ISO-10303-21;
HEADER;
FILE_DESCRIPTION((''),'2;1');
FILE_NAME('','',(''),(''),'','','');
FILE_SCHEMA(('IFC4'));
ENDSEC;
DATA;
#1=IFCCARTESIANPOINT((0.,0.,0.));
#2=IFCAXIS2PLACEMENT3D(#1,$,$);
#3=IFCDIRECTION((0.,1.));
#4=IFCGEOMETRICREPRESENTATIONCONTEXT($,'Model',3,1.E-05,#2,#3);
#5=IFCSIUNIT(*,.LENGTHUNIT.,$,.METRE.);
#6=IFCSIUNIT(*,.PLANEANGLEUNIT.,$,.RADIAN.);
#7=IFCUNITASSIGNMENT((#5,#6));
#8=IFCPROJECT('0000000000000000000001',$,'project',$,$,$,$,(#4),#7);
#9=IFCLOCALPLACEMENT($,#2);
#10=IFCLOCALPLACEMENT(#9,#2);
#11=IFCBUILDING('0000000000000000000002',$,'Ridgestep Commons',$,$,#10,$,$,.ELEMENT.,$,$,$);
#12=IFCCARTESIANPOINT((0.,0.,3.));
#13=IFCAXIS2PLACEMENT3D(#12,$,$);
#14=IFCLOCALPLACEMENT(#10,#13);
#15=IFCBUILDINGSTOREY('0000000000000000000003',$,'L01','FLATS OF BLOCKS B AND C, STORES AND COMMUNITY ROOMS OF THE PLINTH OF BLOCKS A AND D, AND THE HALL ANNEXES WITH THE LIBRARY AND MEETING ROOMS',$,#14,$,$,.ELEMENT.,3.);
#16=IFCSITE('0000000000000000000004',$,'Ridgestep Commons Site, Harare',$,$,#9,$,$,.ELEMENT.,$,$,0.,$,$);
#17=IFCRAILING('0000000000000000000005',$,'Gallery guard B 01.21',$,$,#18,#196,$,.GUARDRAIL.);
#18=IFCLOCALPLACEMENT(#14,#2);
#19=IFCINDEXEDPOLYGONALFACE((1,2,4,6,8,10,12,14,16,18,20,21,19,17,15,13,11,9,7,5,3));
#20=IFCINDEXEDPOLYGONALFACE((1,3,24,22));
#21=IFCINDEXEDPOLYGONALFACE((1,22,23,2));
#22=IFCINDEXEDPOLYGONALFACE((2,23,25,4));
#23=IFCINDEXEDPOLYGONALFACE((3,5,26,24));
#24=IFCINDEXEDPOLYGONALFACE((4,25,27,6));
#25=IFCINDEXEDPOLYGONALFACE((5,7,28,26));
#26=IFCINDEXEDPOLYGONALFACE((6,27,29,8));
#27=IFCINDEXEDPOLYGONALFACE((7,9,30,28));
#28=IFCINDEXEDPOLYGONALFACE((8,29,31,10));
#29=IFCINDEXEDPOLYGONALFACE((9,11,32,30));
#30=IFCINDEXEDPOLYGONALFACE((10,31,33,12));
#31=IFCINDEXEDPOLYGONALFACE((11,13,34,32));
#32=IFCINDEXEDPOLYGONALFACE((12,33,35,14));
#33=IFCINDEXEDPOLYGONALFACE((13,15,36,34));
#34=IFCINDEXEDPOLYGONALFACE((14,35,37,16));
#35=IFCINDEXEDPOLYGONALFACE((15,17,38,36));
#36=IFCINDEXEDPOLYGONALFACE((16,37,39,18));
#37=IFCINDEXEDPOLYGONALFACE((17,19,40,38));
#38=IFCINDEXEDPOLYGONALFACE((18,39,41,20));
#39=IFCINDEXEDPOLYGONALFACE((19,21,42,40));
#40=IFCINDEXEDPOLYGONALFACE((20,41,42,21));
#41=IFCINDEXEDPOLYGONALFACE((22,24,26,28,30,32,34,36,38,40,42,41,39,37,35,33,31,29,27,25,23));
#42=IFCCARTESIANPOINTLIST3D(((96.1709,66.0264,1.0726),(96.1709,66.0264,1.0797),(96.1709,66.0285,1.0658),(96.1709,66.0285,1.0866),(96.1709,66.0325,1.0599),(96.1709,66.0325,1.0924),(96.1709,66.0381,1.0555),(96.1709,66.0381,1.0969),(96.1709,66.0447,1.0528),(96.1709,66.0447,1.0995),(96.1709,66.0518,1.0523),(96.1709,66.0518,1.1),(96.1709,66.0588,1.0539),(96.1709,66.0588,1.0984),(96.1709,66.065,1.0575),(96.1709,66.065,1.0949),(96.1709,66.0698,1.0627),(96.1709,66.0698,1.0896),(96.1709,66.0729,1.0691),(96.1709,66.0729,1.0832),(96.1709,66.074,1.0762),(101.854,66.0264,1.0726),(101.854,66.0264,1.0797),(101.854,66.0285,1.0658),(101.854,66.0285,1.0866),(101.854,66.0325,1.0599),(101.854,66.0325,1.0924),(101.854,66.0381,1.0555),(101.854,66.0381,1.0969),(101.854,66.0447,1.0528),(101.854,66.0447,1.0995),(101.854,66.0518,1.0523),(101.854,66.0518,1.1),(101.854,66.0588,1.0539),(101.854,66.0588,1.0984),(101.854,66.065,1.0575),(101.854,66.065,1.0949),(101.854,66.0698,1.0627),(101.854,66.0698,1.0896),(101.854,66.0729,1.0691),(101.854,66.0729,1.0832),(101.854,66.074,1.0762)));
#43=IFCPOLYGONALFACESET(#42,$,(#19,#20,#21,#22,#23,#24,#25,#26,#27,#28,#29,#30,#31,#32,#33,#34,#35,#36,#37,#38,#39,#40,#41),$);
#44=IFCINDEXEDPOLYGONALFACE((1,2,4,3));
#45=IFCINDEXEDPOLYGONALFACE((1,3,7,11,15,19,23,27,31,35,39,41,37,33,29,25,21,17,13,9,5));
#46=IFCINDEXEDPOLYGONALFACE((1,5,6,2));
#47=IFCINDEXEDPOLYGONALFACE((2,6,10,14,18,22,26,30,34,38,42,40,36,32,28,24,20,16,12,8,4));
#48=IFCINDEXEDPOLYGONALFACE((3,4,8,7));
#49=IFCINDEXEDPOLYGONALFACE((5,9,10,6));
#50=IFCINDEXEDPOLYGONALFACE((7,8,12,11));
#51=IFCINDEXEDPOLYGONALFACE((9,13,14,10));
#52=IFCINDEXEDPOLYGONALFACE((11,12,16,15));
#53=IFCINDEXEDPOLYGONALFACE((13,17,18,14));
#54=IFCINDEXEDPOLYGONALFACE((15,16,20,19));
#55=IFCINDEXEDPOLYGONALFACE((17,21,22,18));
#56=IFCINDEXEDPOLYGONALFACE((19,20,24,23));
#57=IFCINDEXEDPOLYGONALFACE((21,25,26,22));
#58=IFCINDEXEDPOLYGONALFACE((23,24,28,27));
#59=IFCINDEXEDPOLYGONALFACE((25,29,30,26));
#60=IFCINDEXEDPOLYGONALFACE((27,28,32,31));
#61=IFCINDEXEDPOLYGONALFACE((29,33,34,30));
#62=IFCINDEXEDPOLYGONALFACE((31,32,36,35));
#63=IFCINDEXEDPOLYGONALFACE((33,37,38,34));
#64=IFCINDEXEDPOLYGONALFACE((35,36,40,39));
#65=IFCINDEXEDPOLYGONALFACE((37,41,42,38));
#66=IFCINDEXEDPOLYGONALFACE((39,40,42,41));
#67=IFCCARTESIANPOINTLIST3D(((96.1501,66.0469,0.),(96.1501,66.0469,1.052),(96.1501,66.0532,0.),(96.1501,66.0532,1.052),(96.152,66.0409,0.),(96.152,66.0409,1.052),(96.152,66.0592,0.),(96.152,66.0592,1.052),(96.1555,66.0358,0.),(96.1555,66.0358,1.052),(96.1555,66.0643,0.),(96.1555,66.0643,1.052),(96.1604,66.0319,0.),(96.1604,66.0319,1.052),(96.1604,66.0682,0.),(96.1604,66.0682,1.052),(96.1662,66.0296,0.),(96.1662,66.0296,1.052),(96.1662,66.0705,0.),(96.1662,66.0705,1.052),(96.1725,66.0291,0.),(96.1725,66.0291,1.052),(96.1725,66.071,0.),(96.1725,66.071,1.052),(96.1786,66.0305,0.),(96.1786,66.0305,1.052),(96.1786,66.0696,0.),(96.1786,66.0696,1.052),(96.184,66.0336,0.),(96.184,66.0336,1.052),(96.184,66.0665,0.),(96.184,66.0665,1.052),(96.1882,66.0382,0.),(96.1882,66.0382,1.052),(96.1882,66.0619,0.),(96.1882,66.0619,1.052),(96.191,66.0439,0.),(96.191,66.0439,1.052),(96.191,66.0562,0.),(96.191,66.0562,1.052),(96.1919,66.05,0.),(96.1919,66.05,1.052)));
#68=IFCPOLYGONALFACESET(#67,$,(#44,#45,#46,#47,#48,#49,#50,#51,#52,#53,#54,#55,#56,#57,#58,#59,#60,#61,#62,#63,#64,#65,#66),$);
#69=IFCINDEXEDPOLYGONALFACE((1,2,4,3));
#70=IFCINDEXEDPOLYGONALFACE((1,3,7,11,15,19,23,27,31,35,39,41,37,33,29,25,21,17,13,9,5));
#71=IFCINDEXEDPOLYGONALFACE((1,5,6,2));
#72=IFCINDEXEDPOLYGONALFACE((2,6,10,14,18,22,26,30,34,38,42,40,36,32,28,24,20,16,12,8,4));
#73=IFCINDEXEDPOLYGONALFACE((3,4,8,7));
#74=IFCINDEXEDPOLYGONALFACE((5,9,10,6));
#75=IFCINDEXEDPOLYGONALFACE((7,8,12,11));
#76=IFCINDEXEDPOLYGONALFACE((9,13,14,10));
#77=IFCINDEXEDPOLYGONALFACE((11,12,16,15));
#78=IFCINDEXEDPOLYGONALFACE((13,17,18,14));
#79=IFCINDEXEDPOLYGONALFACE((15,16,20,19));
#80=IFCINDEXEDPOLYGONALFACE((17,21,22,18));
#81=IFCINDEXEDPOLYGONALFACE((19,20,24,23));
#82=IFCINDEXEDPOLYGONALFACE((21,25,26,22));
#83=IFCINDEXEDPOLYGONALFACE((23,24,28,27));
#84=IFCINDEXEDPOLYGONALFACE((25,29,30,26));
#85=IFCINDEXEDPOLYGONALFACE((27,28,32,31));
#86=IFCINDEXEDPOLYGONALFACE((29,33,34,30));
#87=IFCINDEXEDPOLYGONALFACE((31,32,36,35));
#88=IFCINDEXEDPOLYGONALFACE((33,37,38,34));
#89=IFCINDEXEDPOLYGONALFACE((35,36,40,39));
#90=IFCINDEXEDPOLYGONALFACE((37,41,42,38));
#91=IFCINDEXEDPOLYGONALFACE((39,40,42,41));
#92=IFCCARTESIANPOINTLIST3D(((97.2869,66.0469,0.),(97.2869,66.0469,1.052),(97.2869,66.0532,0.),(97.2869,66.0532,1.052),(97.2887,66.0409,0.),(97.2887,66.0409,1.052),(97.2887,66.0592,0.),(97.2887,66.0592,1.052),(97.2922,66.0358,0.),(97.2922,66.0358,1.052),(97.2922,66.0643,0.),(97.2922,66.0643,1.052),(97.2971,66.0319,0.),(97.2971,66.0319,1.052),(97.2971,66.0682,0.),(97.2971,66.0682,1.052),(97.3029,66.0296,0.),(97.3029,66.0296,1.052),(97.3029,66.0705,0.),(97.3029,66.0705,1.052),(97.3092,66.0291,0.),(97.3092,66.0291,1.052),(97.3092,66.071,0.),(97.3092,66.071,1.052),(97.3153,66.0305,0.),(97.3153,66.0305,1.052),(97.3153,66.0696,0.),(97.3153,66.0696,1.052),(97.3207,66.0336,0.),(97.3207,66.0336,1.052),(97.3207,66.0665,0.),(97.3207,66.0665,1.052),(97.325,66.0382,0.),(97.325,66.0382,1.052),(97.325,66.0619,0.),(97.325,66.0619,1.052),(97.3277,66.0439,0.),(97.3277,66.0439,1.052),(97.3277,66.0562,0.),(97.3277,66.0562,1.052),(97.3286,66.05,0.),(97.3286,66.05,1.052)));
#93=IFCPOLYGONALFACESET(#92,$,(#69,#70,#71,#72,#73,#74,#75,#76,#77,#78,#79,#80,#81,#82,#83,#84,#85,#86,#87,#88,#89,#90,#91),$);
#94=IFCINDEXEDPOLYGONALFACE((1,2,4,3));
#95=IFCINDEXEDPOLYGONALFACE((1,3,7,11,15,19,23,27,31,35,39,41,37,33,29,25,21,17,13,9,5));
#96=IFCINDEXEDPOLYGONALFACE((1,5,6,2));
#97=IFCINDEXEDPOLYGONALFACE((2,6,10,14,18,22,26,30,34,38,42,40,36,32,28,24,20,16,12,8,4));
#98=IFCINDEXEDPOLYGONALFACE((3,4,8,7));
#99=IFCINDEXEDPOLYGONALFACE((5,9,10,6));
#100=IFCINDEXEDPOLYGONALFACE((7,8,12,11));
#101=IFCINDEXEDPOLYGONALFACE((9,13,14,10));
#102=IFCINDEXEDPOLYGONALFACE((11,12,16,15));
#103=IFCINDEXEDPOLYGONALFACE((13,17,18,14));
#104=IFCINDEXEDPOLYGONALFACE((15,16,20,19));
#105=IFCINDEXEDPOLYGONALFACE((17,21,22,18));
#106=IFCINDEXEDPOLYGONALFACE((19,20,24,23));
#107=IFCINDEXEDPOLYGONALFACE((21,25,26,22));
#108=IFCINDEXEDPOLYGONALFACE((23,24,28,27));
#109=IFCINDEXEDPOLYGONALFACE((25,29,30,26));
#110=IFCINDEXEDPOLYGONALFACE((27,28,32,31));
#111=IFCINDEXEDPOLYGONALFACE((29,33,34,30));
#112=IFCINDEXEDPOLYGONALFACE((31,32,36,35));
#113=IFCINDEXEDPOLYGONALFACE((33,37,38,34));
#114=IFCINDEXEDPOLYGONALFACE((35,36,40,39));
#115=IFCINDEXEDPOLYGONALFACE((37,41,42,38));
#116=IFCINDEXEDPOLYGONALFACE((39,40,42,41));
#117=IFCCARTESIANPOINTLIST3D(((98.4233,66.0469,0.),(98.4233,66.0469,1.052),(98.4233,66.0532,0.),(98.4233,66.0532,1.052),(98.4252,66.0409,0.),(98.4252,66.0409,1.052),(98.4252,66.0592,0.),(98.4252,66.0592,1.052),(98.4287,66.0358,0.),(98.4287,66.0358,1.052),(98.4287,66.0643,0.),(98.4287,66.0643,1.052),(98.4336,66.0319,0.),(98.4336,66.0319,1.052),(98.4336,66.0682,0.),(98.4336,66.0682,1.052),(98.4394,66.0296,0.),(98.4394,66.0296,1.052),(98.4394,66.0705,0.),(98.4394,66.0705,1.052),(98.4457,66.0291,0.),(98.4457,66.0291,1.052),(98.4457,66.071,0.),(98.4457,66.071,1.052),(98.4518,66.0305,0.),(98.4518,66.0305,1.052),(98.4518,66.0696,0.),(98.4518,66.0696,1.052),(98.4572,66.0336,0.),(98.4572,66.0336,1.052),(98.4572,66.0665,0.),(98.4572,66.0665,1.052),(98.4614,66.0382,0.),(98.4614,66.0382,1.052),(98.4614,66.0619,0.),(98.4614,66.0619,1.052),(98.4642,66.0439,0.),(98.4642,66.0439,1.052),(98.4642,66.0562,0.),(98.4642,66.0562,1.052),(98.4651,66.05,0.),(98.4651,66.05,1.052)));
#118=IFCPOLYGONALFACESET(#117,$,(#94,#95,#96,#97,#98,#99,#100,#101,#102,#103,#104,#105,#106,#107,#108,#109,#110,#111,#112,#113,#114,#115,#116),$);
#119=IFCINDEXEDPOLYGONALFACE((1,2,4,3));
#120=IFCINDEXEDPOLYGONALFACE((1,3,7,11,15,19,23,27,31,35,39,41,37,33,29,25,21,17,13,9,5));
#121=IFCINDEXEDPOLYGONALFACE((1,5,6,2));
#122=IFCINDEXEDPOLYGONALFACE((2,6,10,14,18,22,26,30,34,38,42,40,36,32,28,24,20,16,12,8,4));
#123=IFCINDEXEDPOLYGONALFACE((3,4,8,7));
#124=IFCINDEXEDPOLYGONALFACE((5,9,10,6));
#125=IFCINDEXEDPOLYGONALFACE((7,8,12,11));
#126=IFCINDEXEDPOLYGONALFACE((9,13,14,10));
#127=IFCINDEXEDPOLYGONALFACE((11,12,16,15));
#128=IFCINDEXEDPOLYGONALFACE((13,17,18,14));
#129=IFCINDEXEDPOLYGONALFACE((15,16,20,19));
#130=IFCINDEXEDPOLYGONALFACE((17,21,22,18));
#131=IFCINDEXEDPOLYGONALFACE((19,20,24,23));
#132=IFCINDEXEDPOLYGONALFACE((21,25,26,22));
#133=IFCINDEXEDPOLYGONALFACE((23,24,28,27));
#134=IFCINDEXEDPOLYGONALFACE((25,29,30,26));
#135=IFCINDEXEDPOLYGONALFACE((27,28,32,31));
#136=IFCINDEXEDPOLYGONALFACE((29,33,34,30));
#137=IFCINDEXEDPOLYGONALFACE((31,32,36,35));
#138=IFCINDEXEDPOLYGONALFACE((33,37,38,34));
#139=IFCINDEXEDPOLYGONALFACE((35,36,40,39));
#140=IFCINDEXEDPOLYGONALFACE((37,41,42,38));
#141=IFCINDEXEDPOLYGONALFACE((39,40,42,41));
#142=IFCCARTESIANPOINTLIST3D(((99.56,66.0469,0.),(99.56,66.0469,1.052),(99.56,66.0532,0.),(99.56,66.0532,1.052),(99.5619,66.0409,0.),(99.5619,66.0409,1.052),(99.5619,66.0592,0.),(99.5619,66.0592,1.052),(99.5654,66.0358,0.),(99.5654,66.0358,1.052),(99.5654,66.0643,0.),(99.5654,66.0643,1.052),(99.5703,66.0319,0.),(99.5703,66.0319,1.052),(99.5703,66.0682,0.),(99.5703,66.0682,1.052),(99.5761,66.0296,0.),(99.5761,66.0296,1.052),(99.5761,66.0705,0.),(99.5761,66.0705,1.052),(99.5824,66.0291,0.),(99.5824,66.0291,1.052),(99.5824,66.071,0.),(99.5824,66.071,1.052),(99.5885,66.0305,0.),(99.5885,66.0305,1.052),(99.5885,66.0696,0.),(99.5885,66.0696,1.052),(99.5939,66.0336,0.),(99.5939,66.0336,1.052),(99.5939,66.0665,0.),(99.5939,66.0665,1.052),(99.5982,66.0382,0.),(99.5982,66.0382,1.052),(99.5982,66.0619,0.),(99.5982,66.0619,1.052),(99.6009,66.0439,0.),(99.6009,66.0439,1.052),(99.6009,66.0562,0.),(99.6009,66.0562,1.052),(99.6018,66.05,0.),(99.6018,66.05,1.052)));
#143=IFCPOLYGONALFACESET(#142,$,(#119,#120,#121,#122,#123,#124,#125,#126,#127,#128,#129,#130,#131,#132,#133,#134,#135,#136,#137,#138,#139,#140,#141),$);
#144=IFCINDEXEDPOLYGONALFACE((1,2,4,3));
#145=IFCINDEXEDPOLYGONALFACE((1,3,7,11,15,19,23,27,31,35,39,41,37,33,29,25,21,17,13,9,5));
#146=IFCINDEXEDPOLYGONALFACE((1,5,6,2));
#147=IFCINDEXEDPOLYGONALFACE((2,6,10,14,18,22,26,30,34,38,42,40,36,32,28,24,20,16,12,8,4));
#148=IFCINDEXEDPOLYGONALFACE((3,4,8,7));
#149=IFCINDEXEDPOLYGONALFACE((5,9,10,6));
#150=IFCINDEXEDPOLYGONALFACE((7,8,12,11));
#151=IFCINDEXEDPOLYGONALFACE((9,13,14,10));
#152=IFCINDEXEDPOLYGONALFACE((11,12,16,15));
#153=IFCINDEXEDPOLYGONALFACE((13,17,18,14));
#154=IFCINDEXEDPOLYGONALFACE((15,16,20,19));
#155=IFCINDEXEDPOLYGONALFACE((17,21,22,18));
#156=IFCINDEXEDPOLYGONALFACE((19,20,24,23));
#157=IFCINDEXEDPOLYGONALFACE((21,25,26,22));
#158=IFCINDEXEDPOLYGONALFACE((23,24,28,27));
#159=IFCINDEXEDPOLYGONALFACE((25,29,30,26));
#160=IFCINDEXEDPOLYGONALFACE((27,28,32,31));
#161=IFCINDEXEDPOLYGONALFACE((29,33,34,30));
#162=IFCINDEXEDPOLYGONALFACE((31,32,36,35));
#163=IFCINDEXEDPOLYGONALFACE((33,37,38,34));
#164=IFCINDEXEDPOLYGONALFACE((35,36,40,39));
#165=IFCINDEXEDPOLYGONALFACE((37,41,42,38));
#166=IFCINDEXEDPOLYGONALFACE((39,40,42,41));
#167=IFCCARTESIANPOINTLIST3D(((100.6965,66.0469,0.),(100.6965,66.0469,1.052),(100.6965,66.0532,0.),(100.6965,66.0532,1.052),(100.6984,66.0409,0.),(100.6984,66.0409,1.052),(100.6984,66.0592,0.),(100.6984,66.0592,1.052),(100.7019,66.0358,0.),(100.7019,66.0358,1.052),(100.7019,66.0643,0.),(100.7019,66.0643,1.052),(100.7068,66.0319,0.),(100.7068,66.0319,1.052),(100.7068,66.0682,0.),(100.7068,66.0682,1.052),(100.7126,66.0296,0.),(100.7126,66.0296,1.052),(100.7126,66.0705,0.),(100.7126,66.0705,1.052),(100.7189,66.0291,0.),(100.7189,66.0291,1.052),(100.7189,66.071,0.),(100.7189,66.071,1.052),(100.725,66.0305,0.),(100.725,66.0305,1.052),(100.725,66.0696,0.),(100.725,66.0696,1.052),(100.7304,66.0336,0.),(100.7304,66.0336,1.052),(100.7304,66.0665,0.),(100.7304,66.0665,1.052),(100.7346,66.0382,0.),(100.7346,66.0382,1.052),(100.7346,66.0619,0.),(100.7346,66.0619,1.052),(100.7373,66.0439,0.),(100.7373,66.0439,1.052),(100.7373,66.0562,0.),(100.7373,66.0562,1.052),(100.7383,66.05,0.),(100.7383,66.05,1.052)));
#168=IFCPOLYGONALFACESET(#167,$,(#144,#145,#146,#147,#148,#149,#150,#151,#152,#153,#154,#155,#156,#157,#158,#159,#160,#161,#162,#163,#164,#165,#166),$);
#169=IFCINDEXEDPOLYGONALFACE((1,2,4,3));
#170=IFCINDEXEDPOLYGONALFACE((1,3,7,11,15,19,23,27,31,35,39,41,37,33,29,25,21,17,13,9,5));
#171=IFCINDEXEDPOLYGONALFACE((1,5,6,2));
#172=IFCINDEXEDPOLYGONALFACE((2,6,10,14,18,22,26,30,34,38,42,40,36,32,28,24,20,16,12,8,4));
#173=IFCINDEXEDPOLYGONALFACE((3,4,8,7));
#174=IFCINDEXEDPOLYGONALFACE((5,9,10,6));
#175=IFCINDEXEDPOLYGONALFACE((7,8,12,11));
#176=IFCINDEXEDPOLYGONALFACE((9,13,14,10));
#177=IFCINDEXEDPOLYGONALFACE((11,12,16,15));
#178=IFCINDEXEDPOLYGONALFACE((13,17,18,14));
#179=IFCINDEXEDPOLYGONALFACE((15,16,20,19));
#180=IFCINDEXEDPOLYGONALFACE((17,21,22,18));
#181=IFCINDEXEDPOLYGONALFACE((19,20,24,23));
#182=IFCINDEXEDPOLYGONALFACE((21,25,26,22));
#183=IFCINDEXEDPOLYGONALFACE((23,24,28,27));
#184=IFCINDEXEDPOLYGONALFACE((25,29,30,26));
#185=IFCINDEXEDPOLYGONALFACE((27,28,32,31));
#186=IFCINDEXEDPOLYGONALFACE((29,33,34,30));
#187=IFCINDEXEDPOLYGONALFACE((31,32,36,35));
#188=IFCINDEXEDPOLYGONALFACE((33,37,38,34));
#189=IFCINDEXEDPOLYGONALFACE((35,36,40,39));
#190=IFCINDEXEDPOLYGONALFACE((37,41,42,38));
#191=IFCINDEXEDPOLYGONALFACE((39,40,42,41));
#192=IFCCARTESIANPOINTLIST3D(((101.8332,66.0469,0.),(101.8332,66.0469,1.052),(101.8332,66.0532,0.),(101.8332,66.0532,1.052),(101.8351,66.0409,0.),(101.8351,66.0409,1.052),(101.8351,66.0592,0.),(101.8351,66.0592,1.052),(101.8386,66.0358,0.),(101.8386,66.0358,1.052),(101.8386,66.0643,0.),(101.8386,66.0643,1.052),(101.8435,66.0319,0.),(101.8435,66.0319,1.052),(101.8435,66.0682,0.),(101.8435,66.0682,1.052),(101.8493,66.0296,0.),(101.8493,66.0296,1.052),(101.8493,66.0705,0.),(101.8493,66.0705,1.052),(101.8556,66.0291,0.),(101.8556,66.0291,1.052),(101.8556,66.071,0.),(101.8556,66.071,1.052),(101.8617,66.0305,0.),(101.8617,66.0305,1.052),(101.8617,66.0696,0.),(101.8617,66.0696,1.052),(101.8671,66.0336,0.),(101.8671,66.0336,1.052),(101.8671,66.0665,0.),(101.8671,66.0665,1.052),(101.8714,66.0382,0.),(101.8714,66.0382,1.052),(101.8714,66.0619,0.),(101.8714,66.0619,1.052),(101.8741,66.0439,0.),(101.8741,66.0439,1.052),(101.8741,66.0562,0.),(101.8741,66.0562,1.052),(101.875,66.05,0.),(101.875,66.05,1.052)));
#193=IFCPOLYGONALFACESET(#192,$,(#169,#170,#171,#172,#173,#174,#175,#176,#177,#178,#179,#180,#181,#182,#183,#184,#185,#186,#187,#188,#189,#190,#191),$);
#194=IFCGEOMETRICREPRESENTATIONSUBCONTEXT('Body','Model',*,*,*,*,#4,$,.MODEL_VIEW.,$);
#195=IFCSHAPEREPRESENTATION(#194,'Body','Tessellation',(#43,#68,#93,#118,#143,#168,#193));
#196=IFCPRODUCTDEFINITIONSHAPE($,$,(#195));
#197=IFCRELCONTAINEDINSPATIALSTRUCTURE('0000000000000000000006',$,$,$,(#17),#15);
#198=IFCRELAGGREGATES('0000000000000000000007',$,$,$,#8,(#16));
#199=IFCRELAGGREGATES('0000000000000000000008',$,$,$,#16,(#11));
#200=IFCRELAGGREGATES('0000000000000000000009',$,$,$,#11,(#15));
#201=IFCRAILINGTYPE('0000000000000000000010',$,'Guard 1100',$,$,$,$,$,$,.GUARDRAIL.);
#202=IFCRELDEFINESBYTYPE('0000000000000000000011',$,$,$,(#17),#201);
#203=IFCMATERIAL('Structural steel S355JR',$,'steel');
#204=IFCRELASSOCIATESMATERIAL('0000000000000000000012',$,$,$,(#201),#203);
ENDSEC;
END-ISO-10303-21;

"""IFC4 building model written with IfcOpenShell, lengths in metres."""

from ifc_helpers import new_model, si_unit, direction, frame, origin, origin_2d, place, context, subcontext, project, spatial, circle, extrude, material, type_object, element, save


model = new_model("IFC4")

# Units and contexts
model_context = context("Model", 3, precision=1e-05, world=origin(), true_north=direction((0.0, 1.0)))
body_context = subcontext(model_context, "Body", "Model", "MODEL_VIEW")
ifc_project = project(units=[si_unit("LENGTHUNIT", "METRE"), si_unit("PLANEANGLEUNIT", "RADIAN")], contexts=[model_context])

# Site, building, storey
site_placement = place(None, origin())
site = spatial("IfcSite", under=ifc_project, at=site_placement, Name="Ridgestep Commons Site, Harare", CompositionType="ELEMENT", RefElevation=0.0)
building_placement = place(site_placement, origin())
building = spatial("IfcBuilding", under=site, at=building_placement, Name="Ridgestep Commons", CompositionType="ELEMENT")
storey_placement = place(building_placement, frame((0.0, 0.0, 3.0)))
storey = spatial("IfcBuildingStorey", under=building, at=storey_placement, Name="L01", Description="FLATS OF BLOCKS B AND C, STORES AND COMMUNITY ROOMS OF THE PLINTH OF BLOCKS A AND D, AND THE HALL ANNEXES WITH THE LIBRARY AND MEETING ROOMS", CompositionType="ELEMENT", Elevation=3.0)

# Railing
ifc_material_1 = material(Name="Structural steel S355JR", Category="steel")
railing_type_1 = type_object("IfcRailingType", Name="Guard 1100", PredefinedType="GUARDRAIL", material=ifc_material_1)
railing_1_placement = place(storey_placement, frame((96.1709, 66.05, 0.0)))
element("IfcRailing", 1, at=railing_1_placement, inside=storey, type_object=railing_type_1, Name="Gallery guard B 01.21", PredefinedType="GUARDRAIL", context=body_context, shape_type="SweptSolid", body=[
    extrude(circle(Radius=0.0239, at=origin_2d()), frame((0.0, 0.0, 1.0762), z_axis=(1.0, 0.0, 0.0), x_axis=(0.0, 1.0, 0.0)), (0.0, 0.0, 1.0), 5.6831),
    extrude(circle(Radius=0.021, at=origin_2d()), origin(), (0.0, 0.0, 1.0), 1.052),
    extrude(circle(Radius=0.021, at=origin_2d()), frame((1.1367, 0.0, 0.0)), (0.0, 0.0, 1.0), 1.052),
    extrude(circle(Radius=0.021, at=origin_2d()), frame((2.2732, 0.0, 0.0)), (0.0, 0.0, 1.0), 1.052),
    extrude(circle(Radius=0.021, at=origin_2d()), frame((3.4099, 0.0, 0.0)), (0.0, 0.0, 1.0), 1.052),
    extrude(circle(Radius=0.021, at=origin_2d()), frame((4.5464, 0.0, 0.0)), (0.0, 0.0, 1.0), 1.052),
    extrude(circle(Radius=0.021, at=origin_2d()), frame((5.6831, 0.0, 0.0)), (0.0, 0.0, 1.0), 1.052),
])

save(model, "model.ifc")
